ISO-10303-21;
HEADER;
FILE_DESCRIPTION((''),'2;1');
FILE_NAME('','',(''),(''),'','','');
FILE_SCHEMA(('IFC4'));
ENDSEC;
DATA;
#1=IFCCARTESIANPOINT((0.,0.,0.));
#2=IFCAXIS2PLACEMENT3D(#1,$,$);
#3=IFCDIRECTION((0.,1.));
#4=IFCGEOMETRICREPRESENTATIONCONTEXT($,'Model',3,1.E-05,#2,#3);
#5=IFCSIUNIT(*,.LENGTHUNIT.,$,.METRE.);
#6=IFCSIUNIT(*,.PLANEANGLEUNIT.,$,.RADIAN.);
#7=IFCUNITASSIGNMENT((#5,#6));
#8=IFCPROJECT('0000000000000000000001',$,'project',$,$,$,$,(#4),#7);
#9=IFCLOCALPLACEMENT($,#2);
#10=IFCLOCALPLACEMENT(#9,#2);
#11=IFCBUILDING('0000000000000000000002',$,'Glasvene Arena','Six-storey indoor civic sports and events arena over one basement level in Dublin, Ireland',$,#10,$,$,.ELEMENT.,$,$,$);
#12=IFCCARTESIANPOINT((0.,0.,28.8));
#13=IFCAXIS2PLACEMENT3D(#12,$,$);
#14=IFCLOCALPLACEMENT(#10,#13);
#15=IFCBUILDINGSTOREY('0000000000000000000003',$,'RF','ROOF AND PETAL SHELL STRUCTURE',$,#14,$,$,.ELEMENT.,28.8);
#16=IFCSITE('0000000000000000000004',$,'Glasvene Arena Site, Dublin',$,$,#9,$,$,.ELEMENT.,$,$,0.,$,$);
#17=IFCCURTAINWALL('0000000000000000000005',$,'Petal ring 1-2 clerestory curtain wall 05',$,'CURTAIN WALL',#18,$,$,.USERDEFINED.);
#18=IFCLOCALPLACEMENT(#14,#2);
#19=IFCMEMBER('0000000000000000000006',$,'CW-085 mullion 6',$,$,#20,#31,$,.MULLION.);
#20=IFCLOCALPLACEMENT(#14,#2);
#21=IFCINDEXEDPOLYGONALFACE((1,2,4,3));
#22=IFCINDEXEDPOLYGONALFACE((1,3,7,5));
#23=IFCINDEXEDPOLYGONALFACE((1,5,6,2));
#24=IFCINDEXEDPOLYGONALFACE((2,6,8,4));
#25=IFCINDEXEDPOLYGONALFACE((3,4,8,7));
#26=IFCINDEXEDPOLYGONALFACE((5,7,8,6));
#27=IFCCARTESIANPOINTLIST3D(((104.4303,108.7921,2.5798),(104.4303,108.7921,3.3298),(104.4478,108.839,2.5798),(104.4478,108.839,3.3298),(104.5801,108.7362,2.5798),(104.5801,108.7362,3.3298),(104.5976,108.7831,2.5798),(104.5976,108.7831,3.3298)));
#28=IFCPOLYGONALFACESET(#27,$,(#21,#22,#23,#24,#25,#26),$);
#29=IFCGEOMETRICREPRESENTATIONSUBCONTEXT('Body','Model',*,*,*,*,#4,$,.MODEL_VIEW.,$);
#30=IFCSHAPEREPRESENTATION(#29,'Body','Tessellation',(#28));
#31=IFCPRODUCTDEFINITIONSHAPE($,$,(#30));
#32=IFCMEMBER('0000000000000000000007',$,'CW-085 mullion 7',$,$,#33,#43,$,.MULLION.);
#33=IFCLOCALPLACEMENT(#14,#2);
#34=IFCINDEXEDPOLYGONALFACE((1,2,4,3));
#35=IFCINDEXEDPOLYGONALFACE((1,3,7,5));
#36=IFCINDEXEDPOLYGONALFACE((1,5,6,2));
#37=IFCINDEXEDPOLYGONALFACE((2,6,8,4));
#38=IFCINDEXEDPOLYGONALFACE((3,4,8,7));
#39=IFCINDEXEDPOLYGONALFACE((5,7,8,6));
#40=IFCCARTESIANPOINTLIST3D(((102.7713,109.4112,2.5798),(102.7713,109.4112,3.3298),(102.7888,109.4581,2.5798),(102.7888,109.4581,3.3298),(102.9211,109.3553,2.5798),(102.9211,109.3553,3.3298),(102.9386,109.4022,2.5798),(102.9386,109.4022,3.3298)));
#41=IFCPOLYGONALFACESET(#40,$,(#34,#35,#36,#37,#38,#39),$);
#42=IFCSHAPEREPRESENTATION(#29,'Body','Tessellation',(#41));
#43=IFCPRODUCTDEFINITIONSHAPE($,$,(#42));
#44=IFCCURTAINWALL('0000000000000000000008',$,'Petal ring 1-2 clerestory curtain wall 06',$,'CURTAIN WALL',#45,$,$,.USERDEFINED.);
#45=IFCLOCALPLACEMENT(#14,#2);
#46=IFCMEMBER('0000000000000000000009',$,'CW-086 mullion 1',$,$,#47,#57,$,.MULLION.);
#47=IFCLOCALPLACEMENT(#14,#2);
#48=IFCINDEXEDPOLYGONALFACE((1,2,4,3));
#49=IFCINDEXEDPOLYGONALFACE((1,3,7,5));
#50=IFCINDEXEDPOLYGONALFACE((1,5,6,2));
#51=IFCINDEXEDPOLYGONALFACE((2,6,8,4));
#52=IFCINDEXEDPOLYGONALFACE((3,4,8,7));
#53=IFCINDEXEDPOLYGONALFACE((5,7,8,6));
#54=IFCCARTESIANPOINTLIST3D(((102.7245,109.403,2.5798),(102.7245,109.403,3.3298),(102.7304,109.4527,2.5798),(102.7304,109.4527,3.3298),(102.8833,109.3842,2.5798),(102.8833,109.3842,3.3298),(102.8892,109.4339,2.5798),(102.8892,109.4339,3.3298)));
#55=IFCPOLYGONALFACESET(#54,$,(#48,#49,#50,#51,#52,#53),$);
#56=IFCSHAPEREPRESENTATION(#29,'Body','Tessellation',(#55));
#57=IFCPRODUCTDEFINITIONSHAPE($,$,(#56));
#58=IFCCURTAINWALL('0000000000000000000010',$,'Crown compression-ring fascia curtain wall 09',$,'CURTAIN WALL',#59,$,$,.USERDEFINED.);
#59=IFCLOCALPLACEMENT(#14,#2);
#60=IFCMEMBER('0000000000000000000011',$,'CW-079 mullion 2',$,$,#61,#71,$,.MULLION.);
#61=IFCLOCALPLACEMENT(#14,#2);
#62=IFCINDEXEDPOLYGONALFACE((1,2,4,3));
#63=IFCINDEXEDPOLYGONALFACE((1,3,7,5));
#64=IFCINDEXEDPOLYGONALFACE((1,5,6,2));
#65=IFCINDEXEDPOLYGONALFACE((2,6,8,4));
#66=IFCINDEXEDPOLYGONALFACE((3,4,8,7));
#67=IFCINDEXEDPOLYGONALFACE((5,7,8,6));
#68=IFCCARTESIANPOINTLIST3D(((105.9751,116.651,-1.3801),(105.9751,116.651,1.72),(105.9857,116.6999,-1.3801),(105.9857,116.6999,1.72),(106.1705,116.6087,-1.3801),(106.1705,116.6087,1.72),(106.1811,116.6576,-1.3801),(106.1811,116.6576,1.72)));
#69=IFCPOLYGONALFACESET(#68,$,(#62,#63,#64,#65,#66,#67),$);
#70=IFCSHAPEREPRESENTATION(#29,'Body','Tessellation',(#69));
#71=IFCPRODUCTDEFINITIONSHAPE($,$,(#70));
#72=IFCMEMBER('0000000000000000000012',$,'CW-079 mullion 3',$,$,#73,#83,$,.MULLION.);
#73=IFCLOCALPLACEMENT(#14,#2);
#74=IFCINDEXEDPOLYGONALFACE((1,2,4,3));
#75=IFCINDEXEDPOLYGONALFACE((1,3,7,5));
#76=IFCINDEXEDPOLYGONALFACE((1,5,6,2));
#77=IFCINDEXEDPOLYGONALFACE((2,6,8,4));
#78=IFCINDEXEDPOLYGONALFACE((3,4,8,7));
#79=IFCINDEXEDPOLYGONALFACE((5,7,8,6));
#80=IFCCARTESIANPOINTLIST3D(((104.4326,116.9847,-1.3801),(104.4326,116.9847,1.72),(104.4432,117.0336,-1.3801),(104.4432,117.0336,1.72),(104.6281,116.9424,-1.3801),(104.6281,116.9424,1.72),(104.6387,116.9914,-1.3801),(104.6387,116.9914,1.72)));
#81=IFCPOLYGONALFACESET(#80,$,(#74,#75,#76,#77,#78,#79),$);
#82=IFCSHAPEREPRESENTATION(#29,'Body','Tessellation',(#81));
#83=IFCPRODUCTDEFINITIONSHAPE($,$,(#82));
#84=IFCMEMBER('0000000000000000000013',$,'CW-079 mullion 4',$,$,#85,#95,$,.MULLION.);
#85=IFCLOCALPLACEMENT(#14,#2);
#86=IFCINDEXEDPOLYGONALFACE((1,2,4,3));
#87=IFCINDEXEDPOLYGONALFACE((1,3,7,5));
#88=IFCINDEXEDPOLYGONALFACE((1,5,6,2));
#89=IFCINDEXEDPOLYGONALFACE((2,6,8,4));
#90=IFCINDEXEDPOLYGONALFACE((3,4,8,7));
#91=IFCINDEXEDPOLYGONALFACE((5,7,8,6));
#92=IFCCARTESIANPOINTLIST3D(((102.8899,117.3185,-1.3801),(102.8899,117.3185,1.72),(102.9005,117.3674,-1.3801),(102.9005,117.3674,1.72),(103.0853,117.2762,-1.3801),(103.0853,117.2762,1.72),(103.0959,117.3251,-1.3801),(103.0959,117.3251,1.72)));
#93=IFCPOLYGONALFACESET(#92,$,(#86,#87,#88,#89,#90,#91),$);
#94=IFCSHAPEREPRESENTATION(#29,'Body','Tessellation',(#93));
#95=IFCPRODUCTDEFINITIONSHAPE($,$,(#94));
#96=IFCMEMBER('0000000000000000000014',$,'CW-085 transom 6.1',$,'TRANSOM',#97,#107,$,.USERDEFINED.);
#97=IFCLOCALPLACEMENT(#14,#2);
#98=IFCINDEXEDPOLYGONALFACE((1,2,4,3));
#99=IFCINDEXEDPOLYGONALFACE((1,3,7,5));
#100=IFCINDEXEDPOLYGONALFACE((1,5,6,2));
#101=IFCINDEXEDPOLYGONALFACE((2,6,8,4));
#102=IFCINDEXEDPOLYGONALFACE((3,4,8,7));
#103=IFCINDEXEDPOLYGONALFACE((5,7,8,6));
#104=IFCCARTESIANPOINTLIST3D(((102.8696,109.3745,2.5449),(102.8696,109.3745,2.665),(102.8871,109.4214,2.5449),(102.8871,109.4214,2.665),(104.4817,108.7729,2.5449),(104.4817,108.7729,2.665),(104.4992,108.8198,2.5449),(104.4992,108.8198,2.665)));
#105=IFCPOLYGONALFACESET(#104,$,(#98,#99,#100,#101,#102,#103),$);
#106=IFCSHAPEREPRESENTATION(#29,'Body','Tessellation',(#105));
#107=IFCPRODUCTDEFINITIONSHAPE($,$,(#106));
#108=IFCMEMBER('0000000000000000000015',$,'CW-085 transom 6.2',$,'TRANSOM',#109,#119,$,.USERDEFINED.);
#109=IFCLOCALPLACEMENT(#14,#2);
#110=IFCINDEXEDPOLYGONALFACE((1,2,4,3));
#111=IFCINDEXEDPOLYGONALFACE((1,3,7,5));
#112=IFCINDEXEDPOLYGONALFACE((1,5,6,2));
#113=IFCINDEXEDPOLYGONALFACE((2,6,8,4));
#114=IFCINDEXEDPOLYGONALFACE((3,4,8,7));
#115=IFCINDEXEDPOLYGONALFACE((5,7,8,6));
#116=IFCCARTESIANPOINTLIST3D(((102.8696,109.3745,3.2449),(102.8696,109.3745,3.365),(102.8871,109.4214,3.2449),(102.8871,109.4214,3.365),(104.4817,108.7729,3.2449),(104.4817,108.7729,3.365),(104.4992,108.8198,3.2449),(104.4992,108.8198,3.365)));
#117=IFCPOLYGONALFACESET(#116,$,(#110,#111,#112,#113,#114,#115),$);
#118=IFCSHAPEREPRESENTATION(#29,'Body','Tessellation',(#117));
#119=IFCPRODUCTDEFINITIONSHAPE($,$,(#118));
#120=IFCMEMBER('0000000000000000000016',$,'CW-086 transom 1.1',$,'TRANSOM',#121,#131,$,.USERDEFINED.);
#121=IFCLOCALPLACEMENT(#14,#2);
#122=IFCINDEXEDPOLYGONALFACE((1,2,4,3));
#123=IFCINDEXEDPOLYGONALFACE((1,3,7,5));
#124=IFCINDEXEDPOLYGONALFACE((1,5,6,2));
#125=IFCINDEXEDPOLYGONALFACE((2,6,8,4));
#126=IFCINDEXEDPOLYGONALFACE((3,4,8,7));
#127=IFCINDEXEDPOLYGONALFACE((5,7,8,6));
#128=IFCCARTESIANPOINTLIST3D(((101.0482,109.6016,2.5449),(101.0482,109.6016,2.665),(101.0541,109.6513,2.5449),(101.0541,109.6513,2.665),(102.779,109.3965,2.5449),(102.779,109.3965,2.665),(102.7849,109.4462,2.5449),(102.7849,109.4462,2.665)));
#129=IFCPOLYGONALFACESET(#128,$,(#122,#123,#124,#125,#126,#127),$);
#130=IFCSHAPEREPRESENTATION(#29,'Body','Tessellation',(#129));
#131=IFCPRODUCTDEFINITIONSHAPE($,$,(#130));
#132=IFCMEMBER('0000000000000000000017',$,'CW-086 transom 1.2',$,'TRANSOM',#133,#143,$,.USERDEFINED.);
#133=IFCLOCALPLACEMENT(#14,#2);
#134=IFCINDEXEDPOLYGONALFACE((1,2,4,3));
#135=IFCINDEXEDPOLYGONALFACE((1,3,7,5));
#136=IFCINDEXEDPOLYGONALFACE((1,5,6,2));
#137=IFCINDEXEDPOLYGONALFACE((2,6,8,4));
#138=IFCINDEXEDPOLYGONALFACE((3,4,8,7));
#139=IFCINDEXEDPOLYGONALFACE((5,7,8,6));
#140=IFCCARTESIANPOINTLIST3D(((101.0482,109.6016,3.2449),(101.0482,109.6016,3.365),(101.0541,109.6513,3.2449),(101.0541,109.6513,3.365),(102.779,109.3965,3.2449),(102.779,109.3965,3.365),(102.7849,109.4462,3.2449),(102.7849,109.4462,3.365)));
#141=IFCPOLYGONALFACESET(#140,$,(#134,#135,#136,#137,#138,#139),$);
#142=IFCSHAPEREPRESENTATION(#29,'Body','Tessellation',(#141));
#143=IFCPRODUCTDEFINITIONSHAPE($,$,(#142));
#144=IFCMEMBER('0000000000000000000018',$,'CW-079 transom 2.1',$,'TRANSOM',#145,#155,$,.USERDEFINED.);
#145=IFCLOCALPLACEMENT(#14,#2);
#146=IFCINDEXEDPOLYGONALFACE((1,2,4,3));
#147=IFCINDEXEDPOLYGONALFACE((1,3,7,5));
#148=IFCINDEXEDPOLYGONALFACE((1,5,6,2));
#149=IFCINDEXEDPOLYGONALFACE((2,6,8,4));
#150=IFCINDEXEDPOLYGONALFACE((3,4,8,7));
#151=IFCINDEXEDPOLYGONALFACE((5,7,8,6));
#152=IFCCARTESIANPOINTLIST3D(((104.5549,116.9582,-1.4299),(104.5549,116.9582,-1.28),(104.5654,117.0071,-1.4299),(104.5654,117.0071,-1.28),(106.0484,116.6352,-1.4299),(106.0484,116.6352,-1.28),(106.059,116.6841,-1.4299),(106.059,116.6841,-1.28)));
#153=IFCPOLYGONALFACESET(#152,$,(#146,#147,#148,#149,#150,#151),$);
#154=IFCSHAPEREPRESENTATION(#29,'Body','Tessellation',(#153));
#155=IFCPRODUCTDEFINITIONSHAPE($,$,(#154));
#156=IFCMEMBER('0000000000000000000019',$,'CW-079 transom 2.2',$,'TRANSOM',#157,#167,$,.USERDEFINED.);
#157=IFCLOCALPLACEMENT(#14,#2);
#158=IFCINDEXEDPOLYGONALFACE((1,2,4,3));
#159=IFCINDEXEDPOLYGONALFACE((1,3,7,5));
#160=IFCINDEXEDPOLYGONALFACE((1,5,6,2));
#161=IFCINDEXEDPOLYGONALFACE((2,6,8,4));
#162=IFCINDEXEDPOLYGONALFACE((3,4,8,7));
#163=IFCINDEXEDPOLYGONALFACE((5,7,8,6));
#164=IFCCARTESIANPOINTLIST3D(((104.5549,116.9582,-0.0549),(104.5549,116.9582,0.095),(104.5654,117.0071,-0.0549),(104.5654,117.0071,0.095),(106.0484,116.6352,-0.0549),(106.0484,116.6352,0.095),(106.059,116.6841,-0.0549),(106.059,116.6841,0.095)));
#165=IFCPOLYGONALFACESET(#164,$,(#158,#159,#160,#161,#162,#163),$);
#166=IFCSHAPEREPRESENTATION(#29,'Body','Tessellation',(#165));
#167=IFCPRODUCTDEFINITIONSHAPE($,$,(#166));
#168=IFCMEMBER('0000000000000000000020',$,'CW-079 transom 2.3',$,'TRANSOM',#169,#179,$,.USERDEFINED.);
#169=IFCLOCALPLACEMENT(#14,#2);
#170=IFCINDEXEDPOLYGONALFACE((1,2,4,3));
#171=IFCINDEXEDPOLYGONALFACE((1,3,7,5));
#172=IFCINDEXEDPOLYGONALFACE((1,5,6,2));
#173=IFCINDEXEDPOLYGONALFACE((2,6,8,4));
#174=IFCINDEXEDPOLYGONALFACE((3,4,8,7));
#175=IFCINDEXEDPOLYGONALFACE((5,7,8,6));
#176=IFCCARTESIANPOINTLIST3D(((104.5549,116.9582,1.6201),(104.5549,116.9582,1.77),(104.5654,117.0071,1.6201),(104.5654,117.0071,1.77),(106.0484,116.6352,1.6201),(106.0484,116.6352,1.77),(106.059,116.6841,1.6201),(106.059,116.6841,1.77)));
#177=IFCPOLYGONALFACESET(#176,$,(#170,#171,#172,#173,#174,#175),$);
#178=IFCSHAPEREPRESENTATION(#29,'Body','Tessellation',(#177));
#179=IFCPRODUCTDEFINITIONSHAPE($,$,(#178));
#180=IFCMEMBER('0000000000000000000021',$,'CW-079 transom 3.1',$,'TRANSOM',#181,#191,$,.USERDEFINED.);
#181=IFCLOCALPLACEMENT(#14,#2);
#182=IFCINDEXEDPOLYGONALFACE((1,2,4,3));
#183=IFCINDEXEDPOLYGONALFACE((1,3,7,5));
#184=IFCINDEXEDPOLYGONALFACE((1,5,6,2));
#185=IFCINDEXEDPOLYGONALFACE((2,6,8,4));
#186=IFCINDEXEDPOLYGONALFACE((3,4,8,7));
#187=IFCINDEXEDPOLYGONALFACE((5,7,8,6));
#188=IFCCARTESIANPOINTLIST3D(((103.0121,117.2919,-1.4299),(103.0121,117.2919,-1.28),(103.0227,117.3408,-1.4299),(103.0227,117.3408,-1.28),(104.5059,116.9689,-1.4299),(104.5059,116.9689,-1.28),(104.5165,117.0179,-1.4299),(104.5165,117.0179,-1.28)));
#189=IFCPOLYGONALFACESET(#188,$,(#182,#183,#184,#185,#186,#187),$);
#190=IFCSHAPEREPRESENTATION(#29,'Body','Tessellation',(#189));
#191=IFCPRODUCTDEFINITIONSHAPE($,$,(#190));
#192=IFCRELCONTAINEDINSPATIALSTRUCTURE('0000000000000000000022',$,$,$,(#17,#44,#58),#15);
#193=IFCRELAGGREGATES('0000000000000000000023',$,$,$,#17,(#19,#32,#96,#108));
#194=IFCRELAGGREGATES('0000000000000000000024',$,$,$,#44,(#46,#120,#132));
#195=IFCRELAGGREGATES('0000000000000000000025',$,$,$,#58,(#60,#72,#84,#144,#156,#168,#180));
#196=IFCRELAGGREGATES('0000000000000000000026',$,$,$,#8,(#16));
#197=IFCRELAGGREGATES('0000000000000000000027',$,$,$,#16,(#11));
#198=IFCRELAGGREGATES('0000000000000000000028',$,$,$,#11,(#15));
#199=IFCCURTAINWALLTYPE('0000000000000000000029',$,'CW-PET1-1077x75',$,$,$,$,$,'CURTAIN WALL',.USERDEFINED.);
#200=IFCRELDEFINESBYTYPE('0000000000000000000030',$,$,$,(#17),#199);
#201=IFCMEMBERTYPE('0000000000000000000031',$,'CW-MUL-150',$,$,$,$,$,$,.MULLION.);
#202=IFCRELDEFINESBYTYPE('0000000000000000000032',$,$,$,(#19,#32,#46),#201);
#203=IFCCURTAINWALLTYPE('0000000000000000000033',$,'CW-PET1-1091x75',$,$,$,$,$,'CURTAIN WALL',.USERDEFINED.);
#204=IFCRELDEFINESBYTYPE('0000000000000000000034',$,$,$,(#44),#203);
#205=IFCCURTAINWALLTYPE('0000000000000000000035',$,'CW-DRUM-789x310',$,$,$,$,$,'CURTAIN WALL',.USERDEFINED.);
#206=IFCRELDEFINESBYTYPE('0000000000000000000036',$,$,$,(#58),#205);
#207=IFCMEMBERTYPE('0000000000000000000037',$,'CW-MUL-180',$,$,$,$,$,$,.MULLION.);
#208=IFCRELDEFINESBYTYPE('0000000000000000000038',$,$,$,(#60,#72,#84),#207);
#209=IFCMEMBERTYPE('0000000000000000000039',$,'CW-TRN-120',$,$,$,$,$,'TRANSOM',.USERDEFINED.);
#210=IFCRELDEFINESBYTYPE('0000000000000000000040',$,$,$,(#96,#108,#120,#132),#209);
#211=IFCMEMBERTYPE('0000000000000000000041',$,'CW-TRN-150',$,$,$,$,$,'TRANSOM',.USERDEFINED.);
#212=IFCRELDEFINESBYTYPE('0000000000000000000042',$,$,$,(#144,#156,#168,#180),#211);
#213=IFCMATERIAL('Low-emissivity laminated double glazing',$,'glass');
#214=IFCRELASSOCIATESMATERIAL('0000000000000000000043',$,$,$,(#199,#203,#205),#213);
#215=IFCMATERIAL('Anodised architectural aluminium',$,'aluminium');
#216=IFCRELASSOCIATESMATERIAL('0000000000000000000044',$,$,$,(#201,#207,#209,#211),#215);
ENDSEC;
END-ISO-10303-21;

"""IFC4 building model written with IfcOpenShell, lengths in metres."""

from ifc_helpers import new_model, si_unit, direction, frame, origin, origin_2d, place, context, subcontext, project, spatial, rectangle, extrude, material, material_profile, profile_set, type_object, element, aggregate, save


model = new_model("IFC4")

# Units and contexts
model_context = context("Model", 3, precision=1e-05, world=origin(), true_north=direction((0.0, 1.0)))
body_context = subcontext(model_context, "Body", "Model", "MODEL_VIEW")
ifc_project = project(units=[si_unit("LENGTHUNIT", "METRE"), si_unit("PLANEANGLEUNIT", "RADIAN")], contexts=[model_context])

# Site, building, storey
site_placement = place(None, origin())
site = spatial("IfcSite", under=ifc_project, at=site_placement, Name="Glasvene Arena Site, Dublin", CompositionType="ELEMENT", RefElevation=0.0)
building_placement = place(site_placement, origin())
building = spatial("IfcBuilding", under=site, at=building_placement, Name="Glasvene Arena", Description="Six-storey indoor civic sports and events arena over one basement level in Dublin, Ireland", CompositionType="ELEMENT")
storey_placement = place(building_placement, frame((0.0, 0.0, 28.8)))
storey = spatial("IfcBuildingStorey", under=building, at=storey_placement, Name="RF", Description="ROOF AND PETAL SHELL STRUCTURE", CompositionType="ELEMENT", Elevation=28.8)

# Curtain wall, members
ifc_material_1 = material(Name="Low-emissivity laminated double glazing", Category="glass")
curtain_wall_type_1 = type_object("IfcCurtainWallType", Name="CW-PET1-1077x75", ElementType="CURTAIN WALL", PredefinedType="USERDEFINED", material=ifc_material_1)
curtain_wall_1_placement = place(storey_placement, frame((112.925, 105.6492, 0.0)))
curtain_wall_1 = element("IfcCurtainWall", 1, at=curtain_wall_1_placement, inside=storey, type_object=curtain_wall_type_1, Name="Petal ring 1-2 clerestory curtain wall 05", ObjectType="CURTAIN WALL", PredefinedType="USERDEFINED")
ifc_material_2 = material(Name="Anodised architectural aluminium", Category="aluminium")
ifc_material_profile_1 = material_profile(ifc_material_2, rectangle(XDim=0.05, YDim=0.1599, at=origin_2d()), Name="ALU MULLION 50x160")
ifc_profile_set_1 = profile_set([ifc_material_profile_1], Name="Anodised architectural aluminium")
member_type_1 = type_object("IfcMemberType", Name="CW-MUL-150", PredefinedType="MULLION", material=ifc_profile_set_1)
member_1_placement = place(storey_placement, frame((104.5139, 108.7876, 2.5798), z_axis=(0.0, 0.0, 1.0), x_axis=(-0.349591, -0.936902, 0.0)))
member_1 = element("IfcMember", 2, at=member_1_placement, type_object=member_type_1, Name="CW-085 mullion 6", PredefinedType="MULLION", context=body_context, shape_type="SweptSolid", body=[
    extrude(rectangle(XDim=0.05, YDim=0.1599, at=origin_2d()), origin(), (0.0, 0.0, 1.0), 0.75),
])
member_2_placement = place(storey_placement, frame((102.855, 109.4067, 2.5798), z_axis=(0.0, 0.0, 1.0), x_axis=(-0.349591, -0.936902, 0.0)))
member_2 = element("IfcMember", 3, at=member_2_placement, type_object=member_type_1, Name="CW-085 mullion 7", PredefinedType="MULLION", context=body_context, shape_type="SweptSolid", body=[
    extrude(rectangle(XDim=0.05, YDim=0.1599, at=origin_2d()), origin(), (0.0, 0.0, 1.0), 0.75),
])

# Curtain wall, member
curtain_wall_type_2 = type_object("IfcCurtainWallType", Name="CW-PET1-1091x75", ElementType="CURTAIN WALL", PredefinedType="USERDEFINED", material=ifc_material_1)
curtain_wall_2_placement = place(storey_placement, frame((102.8315, 109.4153, 0.0)))
curtain_wall_2 = element("IfcCurtainWall", 4, at=curtain_wall_2_placement, inside=storey, type_object=curtain_wall_type_2, Name="Petal ring 1-2 clerestory curtain wall 06", ObjectType="CURTAIN WALL", PredefinedType="USERDEFINED")
member_3_placement = place(storey_placement, frame((102.8069, 109.4185, 2.5798), z_axis=(0.0, 0.0, 1.0), x_axis=(-0.117772, -0.993041, 0.0)))
member_3 = element("IfcMember", 5, at=member_3_placement, type_object=member_type_1, Name="CW-086 mullion 1", PredefinedType="MULLION", context=body_context, shape_type="SweptSolid", body=[
    extrude(rectangle(XDim=0.05, YDim=0.1599, at=origin_2d()), origin(), (0.0, 0.0, 1.0), 0.75),
])

# Curtain wall, members
curtain_wall_type_3 = type_object("IfcCurtainWallType", Name="CW-DRUM-789x310", ElementType="CURTAIN WALL", PredefinedType="USERDEFINED", material=ifc_material_1)
curtain_wall_3_placement = place(storey_placement, frame((107.6208, 116.3206, 0.0)))
curtain_wall_3 = element("IfcCurtainWall", 6, at=curtain_wall_3_placement, inside=storey, type_object=curtain_wall_type_3, Name="Crown compression-ring fascia curtain wall 09", ObjectType="CURTAIN WALL", PredefinedType="USERDEFINED")
ifc_material_profile_2 = material_profile(ifc_material_2, rectangle(XDim=0.05, YDim=0.2, at=origin_2d()), Name="ALU MULLION 50x200")
ifc_profile_set_2 = profile_set([ifc_material_profile_2], Name="Anodised architectural aluminium")
member_type_2 = type_object("IfcMemberType", Name="CW-MUL-180", PredefinedType="MULLION", material=ifc_profile_set_2)
member_4_placement = place(storey_placement, frame((106.0781, 116.6543, -1.3801), z_axis=(0.0, 0.0, 1.0), x_axis=(-0.211445, -0.97739, 0.0)))
member_4 = element("IfcMember", 7, at=member_4_placement, type_object=member_type_2, Name="CW-079 mullion 2", PredefinedType="MULLION", context=body_context, shape_type="SweptSolid", body=[
    extrude(rectangle(XDim=0.05, YDim=0.2, at=origin_2d()), origin(), (0.0, 0.0, 1.0), 3.1001),
])
member_5_placement = place(storey_placement, frame((104.5356, 116.988, -1.3801), z_axis=(0.0, 0.0, 1.0), x_axis=(-0.211445, -0.97739, 0.0)))
member_5 = element("IfcMember", 8, at=member_5_placement, type_object=member_type_2, Name="CW-079 mullion 3", PredefinedType="MULLION", context=body_context, shape_type="SweptSolid", body=[
    extrude(rectangle(XDim=0.05, YDim=0.2, at=origin_2d()), origin(), (0.0, 0.0, 1.0), 3.1001),
])
member_6_placement = place(storey_placement, frame((102.9929, 117.3218, -1.3801), z_axis=(0.0, 0.0, 1.0), x_axis=(-0.211445, -0.97739, 0.0)))
member_6 = element("IfcMember", 9, at=member_6_placement, type_object=member_type_2, Name="CW-079 mullion 4", PredefinedType="MULLION", context=body_context, shape_type="SweptSolid", body=[
    extrude(rectangle(XDim=0.05, YDim=0.2, at=origin_2d()), origin(), (0.0, 0.0, 1.0), 3.1001),
])

# Members
ifc_material_profile_3 = material_profile(ifc_material_2, rectangle(XDim=0.05, YDim=0.1201, at=origin_2d()), Name="ALU TRANSOM 50x120")
ifc_profile_set_3 = profile_set([ifc_material_profile_3], Name="Anodised architectural aluminium")
member_type_3 = type_object("IfcMemberType", Name="CW-TRN-120", ElementType="TRANSOM", PredefinedType="USERDEFINED", material=ifc_profile_set_3)
member_7_placement = place(storey_placement, frame((104.4905, 108.7964, 2.605), z_axis=(-0.936894, 0.349615, 0.0), x_axis=(-0.349615, -0.936894, 0.0)))
member_7 = element("IfcMember", 10, at=member_7_placement, type_object=member_type_3, Name="CW-085 transom 6.1", ObjectType="TRANSOM", PredefinedType="USERDEFINED", context=body_context, shape_type="SweptSolid", body=[
    extrude(rectangle(XDim=0.05, YDim=0.1201, at=origin_2d()), origin(), (0.0, 0.0, 1.0), 1.7207),
])
member_8_placement = place(storey_placement, frame((104.4905, 108.7964, 3.3049), z_axis=(-0.936894, 0.349615, 0.0), x_axis=(-0.349615, -0.936894, 0.0)))
member_8 = element("IfcMember", 11, at=member_8_placement, type_object=member_type_3, Name="CW-085 transom 6.2", ObjectType="TRANSOM", PredefinedType="USERDEFINED", context=body_context, shape_type="SweptSolid", body=[
    extrude(rectangle(XDim=0.05, YDim=0.1201, at=origin_2d()), origin(), (0.0, 0.0, 1.0), 1.7207),
])
member_9_placement = place(storey_placement, frame((102.782, 109.4214, 2.605), z_axis=(-0.993053, 0.11767, 0.0), x_axis=(-0.11767, -0.993053, 0.0)))
member_9 = element("IfcMember", 12, at=member_9_placement, type_object=member_type_3, Name="CW-086 transom 1.1", ObjectType="TRANSOM", PredefinedType="USERDEFINED", context=body_context, shape_type="SweptSolid", body=[
    extrude(rectangle(XDim=0.05, YDim=0.1201, at=origin_2d()), origin(), (0.0, 0.0, 1.0), 1.7429),
])
member_10_placement = place(storey_placement, frame((102.782, 109.4214, 3.3049), z_axis=(-0.993053, 0.11767, 0.0), x_axis=(-0.11767, -0.993053, 0.0)))
member_10 = element("IfcMember", 13, at=member_10_placement, type_object=member_type_3, Name="CW-086 transom 1.2", ObjectType="TRANSOM", PredefinedType="USERDEFINED", context=body_context, shape_type="SweptSolid", body=[
    extrude(rectangle(XDim=0.05, YDim=0.1201, at=origin_2d()), origin(), (0.0, 0.0, 1.0), 1.7429),
])
ifc_material_profile_4 = material_profile(ifc_material_2, rectangle(XDim=0.05, YDim=0.1499, at=origin_2d()), Name="ALU TRANSOM 50x150")
ifc_profile_set_4 = profile_set([ifc_material_profile_4], Name="Anodised architectural aluminium")
member_type_4 = type_object("IfcMemberType", Name="CW-TRN-150", ElementType="TRANSOM", PredefinedType="USERDEFINED", material=ifc_profile_set_4)
member_11_placement = place(storey_placement, frame((106.0537, 116.6597, -1.355), z_axis=(-0.977408, 0.211362, 0.0), x_axis=(-0.211362, -0.977408, 0.0)))
member_11 = element("IfcMember", 14, at=member_11_placement, type_object=member_type_4, Name="CW-079 transom 2.1", ObjectType="TRANSOM", PredefinedType="USERDEFINED", context=body_context, shape_type="SweptSolid", body=[
    extrude(rectangle(XDim=0.05, YDim=0.1499, at=origin_2d()), origin(), (0.0, 0.0, 1.0), 1.5281),
])
member_12_placement = place(storey_placement, frame((106.0537, 116.6597, 0.02), z_axis=(-0.977408, 0.211362, 0.0), x_axis=(-0.211362, -0.977408, 0.0)))
member_12 = element("IfcMember", 15, at=member_12_placement, type_object=member_type_4, Name="CW-079 transom 2.2", ObjectType="TRANSOM", PredefinedType="USERDEFINED", context=body_context, shape_type="SweptSolid", body=[
    extrude(rectangle(XDim=0.05, YDim=0.1499, at=origin_2d()), origin(), (0.0, 0.0, 1.0), 1.5281),
])
member_13_placement = place(storey_placement, frame((106.0537, 116.6597, 1.6951), z_axis=(-0.977408, 0.211362, 0.0), x_axis=(-0.211362, -0.977408, 0.0)))
member_13 = element("IfcMember", 16, at=member_13_placement, type_object=member_type_4, Name="CW-079 transom 2.3", ObjectType="TRANSOM", PredefinedType="USERDEFINED", context=body_context, shape_type="SweptSolid", body=[
    extrude(rectangle(XDim=0.05, YDim=0.1499, at=origin_2d()), origin(), (0.0, 0.0, 1.0), 1.5281),
])
member_14_placement = place(storey_placement, frame((104.5112, 116.9934, -1.355), z_axis=(-0.977415, 0.211329, 0.0), x_axis=(-0.211329, -0.977415, 0.0)))
member_14 = element("IfcMember", 17, at=member_14_placement, type_object=member_type_4, Name="CW-079 transom 3.1", ObjectType="TRANSOM", PredefinedType="USERDEFINED", context=body_context, shape_type="SweptSolid", body=[
    extrude(rectangle(XDim=0.05, YDim=0.1499, at=origin_2d()), origin(), (0.0, 0.0, 1.0), 1.5283),
])

aggregate(curtain_wall_1, [member_1, member_2, member_7, member_8])
aggregate(curtain_wall_2, [member_3, member_9, member_10])
aggregate(curtain_wall_3, [member_4, member_5, member_6, member_11, member_12, member_13, member_14])

save(model, "model.ifc")
